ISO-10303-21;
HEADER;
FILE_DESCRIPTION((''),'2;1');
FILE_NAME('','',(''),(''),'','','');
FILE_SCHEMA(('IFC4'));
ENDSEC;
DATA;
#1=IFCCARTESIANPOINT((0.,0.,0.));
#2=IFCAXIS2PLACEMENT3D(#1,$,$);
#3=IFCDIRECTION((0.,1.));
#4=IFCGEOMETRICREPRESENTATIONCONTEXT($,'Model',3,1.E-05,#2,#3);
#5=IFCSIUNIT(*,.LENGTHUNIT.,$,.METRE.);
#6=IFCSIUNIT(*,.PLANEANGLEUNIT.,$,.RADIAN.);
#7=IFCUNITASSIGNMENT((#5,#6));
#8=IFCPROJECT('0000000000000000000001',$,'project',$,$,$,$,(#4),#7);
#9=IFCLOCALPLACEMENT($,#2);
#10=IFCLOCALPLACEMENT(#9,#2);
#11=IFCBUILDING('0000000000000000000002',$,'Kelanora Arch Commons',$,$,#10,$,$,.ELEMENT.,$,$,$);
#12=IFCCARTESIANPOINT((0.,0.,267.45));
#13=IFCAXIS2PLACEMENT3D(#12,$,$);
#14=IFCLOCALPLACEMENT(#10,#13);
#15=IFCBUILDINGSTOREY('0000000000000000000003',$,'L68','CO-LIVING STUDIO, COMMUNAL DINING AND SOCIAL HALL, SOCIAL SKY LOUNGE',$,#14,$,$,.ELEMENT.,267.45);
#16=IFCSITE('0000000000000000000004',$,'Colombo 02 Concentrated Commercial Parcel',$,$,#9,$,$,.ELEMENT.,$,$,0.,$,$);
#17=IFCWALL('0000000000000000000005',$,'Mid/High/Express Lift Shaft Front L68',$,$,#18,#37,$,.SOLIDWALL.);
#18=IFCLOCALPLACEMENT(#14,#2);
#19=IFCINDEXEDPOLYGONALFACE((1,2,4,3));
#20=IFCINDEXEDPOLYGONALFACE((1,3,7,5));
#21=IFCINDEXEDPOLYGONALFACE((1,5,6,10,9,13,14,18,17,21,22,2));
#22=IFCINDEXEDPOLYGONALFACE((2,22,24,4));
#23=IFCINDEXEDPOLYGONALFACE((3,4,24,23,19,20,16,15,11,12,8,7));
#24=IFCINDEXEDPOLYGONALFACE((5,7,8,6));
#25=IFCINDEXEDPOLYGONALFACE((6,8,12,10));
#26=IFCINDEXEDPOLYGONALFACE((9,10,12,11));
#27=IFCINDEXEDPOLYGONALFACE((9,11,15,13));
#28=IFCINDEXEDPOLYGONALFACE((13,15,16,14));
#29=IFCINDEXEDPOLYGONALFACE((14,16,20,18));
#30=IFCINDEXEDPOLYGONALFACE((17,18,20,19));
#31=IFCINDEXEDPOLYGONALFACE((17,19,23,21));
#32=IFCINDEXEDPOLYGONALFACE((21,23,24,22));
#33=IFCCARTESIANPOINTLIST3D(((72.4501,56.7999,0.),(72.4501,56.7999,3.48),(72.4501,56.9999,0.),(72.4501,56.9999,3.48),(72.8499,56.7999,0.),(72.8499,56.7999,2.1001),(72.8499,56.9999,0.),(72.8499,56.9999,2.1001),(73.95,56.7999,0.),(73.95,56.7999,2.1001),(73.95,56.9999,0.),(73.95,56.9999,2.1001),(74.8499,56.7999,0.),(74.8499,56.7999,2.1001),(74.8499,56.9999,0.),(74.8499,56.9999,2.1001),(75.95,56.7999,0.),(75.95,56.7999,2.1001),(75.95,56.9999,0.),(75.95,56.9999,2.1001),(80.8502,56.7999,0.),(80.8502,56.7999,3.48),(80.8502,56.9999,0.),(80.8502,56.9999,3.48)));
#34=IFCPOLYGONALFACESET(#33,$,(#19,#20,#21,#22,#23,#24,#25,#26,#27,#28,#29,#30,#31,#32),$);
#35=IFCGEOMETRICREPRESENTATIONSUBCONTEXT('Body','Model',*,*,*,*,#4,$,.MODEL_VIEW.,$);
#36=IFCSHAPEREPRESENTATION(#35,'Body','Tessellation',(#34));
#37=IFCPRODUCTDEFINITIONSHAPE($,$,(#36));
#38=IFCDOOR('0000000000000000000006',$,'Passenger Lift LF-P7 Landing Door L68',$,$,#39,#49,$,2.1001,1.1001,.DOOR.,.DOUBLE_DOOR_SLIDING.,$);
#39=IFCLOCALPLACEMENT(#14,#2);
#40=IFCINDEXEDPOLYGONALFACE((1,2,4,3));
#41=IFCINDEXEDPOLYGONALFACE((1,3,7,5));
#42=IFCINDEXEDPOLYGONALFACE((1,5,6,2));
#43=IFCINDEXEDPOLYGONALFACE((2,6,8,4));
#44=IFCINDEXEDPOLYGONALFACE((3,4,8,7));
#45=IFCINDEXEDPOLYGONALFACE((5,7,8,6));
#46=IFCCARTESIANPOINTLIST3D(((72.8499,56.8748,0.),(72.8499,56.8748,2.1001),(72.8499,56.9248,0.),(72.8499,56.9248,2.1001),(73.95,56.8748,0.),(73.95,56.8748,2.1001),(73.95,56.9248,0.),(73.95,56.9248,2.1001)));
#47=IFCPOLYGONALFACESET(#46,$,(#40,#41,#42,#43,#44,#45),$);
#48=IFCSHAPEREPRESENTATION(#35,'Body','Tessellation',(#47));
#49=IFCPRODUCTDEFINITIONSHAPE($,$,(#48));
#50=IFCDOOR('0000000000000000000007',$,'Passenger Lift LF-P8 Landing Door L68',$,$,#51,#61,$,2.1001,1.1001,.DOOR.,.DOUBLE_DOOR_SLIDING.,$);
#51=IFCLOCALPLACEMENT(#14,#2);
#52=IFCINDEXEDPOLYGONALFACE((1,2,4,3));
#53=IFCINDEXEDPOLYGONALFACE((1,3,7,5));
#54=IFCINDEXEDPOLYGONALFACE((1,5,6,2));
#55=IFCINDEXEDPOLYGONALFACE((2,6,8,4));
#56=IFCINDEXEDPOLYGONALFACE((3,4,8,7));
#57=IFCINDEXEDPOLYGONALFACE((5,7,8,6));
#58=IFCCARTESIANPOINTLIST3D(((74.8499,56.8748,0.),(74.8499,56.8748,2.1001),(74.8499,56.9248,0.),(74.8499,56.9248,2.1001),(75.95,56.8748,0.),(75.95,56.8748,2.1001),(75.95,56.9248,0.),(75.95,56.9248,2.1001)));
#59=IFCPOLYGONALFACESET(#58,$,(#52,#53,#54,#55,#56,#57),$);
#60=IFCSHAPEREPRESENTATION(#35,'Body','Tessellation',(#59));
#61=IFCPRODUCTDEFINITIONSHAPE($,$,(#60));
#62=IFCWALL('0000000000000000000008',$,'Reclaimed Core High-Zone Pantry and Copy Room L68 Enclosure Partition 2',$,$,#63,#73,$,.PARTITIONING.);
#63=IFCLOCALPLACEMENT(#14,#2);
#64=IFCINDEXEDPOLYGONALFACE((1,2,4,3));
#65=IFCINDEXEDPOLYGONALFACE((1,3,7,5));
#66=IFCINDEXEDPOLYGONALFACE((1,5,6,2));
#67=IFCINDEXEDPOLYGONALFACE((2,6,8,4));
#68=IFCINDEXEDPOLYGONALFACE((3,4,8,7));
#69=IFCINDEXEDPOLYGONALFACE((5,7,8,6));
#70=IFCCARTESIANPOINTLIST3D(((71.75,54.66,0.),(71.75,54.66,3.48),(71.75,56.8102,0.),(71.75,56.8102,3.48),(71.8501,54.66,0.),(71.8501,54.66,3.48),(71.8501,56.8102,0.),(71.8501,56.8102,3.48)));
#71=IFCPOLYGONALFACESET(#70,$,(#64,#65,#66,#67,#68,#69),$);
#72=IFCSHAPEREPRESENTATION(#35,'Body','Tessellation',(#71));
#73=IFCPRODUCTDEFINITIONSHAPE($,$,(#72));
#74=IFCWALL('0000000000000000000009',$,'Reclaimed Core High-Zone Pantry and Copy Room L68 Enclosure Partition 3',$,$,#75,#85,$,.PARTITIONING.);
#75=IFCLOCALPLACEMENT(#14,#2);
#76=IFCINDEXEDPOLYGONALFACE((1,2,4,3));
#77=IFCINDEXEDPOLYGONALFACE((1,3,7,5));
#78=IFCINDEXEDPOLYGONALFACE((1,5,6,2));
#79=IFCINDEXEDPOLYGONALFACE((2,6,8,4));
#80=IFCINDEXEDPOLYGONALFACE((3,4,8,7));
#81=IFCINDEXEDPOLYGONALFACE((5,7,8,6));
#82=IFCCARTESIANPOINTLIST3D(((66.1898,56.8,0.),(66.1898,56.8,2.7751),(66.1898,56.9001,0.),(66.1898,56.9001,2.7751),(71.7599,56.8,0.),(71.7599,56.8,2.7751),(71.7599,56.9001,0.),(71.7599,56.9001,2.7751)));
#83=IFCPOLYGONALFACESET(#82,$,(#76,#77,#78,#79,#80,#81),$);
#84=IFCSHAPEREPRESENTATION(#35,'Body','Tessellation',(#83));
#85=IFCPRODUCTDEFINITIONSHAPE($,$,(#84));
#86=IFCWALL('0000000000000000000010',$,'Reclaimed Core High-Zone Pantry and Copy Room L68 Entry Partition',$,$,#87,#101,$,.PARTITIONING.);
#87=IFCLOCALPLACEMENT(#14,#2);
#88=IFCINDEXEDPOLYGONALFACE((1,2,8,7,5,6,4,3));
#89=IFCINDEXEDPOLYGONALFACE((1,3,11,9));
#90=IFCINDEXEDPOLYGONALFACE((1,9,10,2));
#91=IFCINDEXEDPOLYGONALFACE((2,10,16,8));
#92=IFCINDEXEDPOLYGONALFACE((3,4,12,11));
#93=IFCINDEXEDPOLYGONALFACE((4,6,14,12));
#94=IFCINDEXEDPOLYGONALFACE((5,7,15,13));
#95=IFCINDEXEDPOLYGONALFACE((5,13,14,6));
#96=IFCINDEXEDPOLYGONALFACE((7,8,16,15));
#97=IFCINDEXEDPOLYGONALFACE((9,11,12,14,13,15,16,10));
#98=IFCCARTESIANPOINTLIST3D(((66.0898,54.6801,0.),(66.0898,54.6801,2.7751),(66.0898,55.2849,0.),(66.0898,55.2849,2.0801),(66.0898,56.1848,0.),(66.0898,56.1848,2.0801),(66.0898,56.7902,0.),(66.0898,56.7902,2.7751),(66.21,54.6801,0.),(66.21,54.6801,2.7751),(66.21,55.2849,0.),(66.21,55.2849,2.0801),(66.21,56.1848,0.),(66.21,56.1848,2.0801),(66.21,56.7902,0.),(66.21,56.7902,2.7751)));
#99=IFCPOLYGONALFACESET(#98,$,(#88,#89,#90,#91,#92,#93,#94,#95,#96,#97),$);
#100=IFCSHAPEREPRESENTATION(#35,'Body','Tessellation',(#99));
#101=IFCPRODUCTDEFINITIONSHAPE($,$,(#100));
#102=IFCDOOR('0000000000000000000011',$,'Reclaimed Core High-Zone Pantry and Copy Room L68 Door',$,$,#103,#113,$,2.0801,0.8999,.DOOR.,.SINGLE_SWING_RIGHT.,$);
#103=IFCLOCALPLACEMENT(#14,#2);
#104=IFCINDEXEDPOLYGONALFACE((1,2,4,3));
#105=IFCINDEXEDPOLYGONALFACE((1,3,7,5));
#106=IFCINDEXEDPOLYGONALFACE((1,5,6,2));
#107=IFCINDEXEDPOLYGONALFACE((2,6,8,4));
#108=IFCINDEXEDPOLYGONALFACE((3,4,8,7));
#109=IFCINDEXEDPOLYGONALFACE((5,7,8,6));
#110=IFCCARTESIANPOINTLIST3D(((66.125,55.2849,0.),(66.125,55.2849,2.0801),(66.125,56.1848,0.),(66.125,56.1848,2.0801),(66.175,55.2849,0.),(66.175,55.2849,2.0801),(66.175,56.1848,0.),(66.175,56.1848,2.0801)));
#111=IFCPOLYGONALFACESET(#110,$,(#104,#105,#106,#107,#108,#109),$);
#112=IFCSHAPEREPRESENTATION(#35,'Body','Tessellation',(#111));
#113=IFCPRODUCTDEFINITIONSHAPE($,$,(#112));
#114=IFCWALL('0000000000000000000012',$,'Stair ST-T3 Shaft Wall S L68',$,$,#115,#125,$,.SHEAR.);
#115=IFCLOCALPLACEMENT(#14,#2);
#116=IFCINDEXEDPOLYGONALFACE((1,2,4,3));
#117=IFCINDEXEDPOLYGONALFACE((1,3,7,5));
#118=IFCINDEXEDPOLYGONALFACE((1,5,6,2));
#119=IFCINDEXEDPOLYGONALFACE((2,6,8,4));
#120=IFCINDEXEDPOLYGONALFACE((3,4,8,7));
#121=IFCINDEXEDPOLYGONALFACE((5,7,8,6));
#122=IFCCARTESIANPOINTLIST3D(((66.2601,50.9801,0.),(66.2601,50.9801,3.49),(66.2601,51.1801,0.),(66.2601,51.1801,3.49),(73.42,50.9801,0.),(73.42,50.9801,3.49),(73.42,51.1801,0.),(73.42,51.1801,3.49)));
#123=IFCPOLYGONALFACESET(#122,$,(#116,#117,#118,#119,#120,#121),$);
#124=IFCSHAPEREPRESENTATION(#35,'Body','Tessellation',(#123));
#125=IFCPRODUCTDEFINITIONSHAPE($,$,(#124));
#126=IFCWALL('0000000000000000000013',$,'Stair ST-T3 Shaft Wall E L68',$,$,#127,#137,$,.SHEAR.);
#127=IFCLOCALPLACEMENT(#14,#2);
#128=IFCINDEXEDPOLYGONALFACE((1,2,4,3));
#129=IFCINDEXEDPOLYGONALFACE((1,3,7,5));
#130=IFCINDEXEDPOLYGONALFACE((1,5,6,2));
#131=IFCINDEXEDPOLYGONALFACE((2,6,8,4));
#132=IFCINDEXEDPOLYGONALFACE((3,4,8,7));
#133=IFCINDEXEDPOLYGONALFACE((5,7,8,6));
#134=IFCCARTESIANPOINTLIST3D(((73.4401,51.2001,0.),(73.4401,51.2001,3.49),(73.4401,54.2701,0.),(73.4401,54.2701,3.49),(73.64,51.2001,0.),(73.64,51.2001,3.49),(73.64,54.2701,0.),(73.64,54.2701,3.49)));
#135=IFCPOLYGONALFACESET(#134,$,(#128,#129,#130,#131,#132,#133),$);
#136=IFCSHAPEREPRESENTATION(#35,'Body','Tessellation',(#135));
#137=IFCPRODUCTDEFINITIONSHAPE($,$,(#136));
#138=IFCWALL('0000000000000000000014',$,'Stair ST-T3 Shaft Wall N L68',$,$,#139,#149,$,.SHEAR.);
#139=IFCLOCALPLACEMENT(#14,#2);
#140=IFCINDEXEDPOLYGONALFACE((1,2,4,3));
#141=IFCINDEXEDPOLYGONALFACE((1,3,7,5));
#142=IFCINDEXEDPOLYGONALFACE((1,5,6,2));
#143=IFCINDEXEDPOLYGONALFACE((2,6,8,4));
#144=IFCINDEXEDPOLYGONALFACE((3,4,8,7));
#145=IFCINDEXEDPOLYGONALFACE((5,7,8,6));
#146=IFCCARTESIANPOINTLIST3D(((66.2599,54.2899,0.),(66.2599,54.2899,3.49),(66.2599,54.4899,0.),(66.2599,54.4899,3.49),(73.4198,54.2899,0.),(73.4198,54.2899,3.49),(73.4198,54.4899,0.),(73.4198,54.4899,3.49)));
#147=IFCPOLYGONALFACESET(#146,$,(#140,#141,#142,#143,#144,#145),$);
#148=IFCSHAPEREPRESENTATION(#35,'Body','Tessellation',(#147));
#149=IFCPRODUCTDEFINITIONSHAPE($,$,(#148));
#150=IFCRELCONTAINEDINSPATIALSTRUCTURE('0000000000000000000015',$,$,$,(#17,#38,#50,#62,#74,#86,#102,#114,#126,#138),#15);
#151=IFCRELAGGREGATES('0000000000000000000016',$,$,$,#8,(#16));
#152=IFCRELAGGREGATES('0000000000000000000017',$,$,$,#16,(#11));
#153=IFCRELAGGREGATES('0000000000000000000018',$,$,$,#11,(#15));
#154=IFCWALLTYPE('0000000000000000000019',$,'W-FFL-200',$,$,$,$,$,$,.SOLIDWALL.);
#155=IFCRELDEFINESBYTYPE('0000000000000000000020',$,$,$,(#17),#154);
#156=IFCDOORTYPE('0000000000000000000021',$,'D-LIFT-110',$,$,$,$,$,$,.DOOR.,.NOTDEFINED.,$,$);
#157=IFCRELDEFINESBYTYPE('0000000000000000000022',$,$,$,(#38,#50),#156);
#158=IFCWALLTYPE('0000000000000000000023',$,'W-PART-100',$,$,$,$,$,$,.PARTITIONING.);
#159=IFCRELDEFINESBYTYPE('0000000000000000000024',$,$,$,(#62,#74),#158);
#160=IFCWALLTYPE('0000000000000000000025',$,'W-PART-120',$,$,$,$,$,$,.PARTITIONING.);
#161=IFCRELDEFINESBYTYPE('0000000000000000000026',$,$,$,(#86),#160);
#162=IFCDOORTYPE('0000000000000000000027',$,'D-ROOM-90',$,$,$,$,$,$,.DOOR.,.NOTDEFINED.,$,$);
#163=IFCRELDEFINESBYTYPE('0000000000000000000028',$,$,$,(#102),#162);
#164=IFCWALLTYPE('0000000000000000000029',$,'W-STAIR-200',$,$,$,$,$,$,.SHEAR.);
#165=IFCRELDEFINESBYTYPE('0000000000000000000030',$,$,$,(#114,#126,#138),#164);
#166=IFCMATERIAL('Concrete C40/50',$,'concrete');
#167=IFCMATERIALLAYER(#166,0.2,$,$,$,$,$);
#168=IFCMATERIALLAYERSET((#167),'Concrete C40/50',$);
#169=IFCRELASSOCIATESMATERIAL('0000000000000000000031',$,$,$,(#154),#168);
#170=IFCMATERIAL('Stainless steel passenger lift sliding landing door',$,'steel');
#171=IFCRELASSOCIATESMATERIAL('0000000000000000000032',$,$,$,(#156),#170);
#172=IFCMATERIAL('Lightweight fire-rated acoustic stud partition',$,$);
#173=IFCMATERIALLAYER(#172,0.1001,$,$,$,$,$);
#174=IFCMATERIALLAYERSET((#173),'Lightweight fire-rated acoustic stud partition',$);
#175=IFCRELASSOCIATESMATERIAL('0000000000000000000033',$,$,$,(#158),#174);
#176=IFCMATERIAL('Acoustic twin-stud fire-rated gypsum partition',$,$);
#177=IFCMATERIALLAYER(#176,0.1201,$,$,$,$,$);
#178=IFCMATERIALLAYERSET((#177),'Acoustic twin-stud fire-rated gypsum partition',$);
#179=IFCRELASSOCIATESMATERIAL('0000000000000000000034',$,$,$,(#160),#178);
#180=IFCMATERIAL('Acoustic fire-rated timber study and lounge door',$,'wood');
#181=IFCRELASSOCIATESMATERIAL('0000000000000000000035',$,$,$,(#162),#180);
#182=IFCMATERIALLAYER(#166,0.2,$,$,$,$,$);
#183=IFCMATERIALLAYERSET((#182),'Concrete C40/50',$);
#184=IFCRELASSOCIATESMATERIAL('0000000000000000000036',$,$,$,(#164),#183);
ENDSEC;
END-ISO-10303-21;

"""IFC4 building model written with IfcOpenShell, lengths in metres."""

from ifc_helpers import new_model, si_unit, direction, frame, frame_2d, origin, place, context, subcontext, project, spatial, rectangle, extrude, material, layer, layer_set, type_object, element, fill, save


model = new_model("IFC4")

# Units and contexts
model_context = context("Model", 3, precision=1e-05, world=origin(), true_north=direction((0.0, 1.0)))
body_context = subcontext(model_context, "Body", "Model", "MODEL_VIEW")
ifc_project = project(units=[si_unit("LENGTHUNIT", "METRE"), si_unit("PLANEANGLEUNIT", "RADIAN")], contexts=[model_context])

# Site, building, storey
site_placement = place(None, origin())
site = spatial("IfcSite", under=ifc_project, at=site_placement, Name="Colombo 02 Concentrated Commercial Parcel", CompositionType="ELEMENT", RefElevation=0.0)
building_placement = place(site_placement, origin())
building = spatial("IfcBuilding", under=site, at=building_placement, Name="Kelanora Arch Commons", CompositionType="ELEMENT")
storey_placement = place(building_placement, frame((0.0, 0.0, 267.45)))
storey = spatial("IfcBuildingStorey", under=building, at=storey_placement, Name="L68", Description="CO-LIVING STUDIO, COMMUNAL DINING AND SOCIAL HALL, SOCIAL SKY LOUNGE", CompositionType="ELEMENT", Elevation=267.45)

# Wall, openings, doors
ifc_material_1 = material(Name="Concrete C40/50", Category="concrete")
ifc_layer_1 = layer(ifc_material_1, 0.2)
ifc_layer_set_1 = layer_set([ifc_layer_1], Name="Concrete C40/50")
wall_type_1 = type_object("IfcWallType", Name="W-FFL-200", PredefinedType="SOLIDWALL", material=ifc_layer_set_1)
wall_1_placement = place(storey_placement, frame((72.45, 56.8999, 0.0), z_axis=(0.0, 0.0, 1.0), x_axis=(1.0, 0.0, 0.0)))
wall_1 = element("IfcWall", 1, at=wall_1_placement, inside=storey, type_object=wall_type_1, Name="Mid/High/Express Lift Shaft Front L68", PredefinedType="SOLIDWALL", context=body_context, shape_type="SweptSolid", body=[
    extrude(rectangle(XDim=8.4001, YDim=0.2, at=frame_2d((4.2002, 0.0))), origin(), (0.0, 0.0, 1.0), 3.48),
])
opening_1_placement = place(wall_1_placement, frame((0.3999, 0.0, 0.0)))
opening_1 = element("IfcOpeningElement", 2, at=opening_1_placement, cuts=wall_1, PredefinedType="OPENING", context=body_context, shape_type="SweptSolid", body=[
    extrude(rectangle(XDim=1.1001, YDim=2.1001, at=frame_2d((0.55, 1.05))), frame((0.0, 0.1099, 0.0), z_axis=(0.0, -1.0, 0.0), x_axis=(1.0, 0.0, 0.0)), (0.0, 0.0, 1.0), 0.22),
])
opening_2_placement = place(wall_1_placement, frame((2.3999, 0.0, 0.0)))
opening_2 = element("IfcOpeningElement", 3, at=opening_2_placement, cuts=wall_1, PredefinedType="OPENING", context=body_context, shape_type="SweptSolid", body=[
    extrude(rectangle(XDim=1.1001, YDim=2.1001, at=frame_2d((0.55, 1.05))), frame((0.0, 0.1099, 0.0), z_axis=(0.0, -1.0, 0.0), x_axis=(1.0, 0.0, 0.0)), (0.0, 0.0, 1.0), 0.22),
])
ifc_material_2 = material(Name="Stainless steel passenger lift sliding landing door", Category="steel")
door_type_1 = type_object("IfcDoorType", Name="D-LIFT-110", OperationType="NOTDEFINED", PredefinedType="DOOR", material=ifc_material_2)
door_1_placement = place(opening_1_placement, origin())
door_1 = element("IfcDoor", 4, at=door_1_placement, inside=storey, type_object=door_type_1, Name="Passenger Lift LF-P7 Landing Door L68", OperationType="DOUBLE_DOOR_SLIDING", OverallHeight=2.1001, OverallWidth=1.1001, PredefinedType="DOOR", context=body_context, shape_type="SweptSolid", body=[
    extrude(rectangle(XDim=1.1001, YDim=2.1001, at=frame_2d((0.55, 1.05))), frame((0.0, 0.0249, 0.0), z_axis=(0.0, -1.0, 0.0), x_axis=(1.0, 0.0, 0.0)), (0.0, 0.0, 1.0), 0.05),
])
fill(opening_1, door_1)
door_2_placement = place(opening_2_placement, origin())
door_2 = element("IfcDoor", 5, at=door_2_placement, inside=storey, type_object=door_type_1, Name="Passenger Lift LF-P8 Landing Door L68", OperationType="DOUBLE_DOOR_SLIDING", OverallHeight=2.1001, OverallWidth=1.1001, PredefinedType="DOOR", context=body_context, shape_type="SweptSolid", body=[
    extrude(rectangle(XDim=1.1001, YDim=2.1001, at=frame_2d((0.55, 1.05))), frame((0.0, 0.0249, 0.0), z_axis=(0.0, -1.0, 0.0), x_axis=(1.0, 0.0, 0.0)), (0.0, 0.0, 1.0), 0.05),
])
fill(opening_2, door_2)

# Walls
ifc_material_3 = material(Name="Lightweight fire-rated acoustic stud partition")
ifc_layer_2 = layer(ifc_material_3, 0.1001)
ifc_layer_set_2 = layer_set([ifc_layer_2], Name="Lightweight fire-rated acoustic stud partition")
wall_type_2 = type_object("IfcWallType", Name="W-PART-100", PredefinedType="PARTITIONING", material=ifc_layer_set_2)
wall_2_placement = place(storey_placement, frame((71.8, 54.6599, 0.0), z_axis=(0.0, 0.0, 1.0), x_axis=(0.0, 1.0, 0.0)))
element("IfcWall", 6, at=wall_2_placement, inside=storey, type_object=wall_type_2, Name="Reclaimed Core High-Zone Pantry and Copy Room L68 Enclosure Partition 2", PredefinedType="PARTITIONING", context=body_context, shape_type="SweptSolid", body=[
    extrude(rectangle(XDim=2.1501, YDim=0.1001, at=frame_2d((1.0752, 0.0))), origin(), (0.0, 0.0, 1.0), 3.48),
])
wall_3_placement = place(storey_placement, frame((71.76, 56.8501, 0.0), z_axis=(0.0, 0.0, 1.0), x_axis=(-1.0, 0.0, 0.0)))
element("IfcWall", 7, at=wall_3_placement, inside=storey, type_object=wall_type_2, Name="Reclaimed Core High-Zone Pantry and Copy Room L68 Enclosure Partition 3", PredefinedType="PARTITIONING", context=body_context, shape_type="SweptSolid", body=[
    extrude(rectangle(XDim=5.5701, YDim=0.1001, at=frame_2d((2.7852, 0.0))), origin(), (0.0, 0.0, 1.0), 2.7751),
])

# Wall, opening, door
ifc_material_4 = material(Name="Acoustic twin-stud fire-rated gypsum partition")
ifc_layer_3 = layer(ifc_material_4, 0.1201)
ifc_layer_set_3 = layer_set([ifc_layer_3], Name="Acoustic twin-stud fire-rated gypsum partition")
wall_type_3 = type_object("IfcWallType", Name="W-PART-120", PredefinedType="PARTITIONING", material=ifc_layer_set_3)
wall_4_placement = place(storey_placement, frame((66.1499, 54.6799, 0.0), z_axis=(0.0, 0.0, 1.0), x_axis=(0.0, 1.0, 0.0)))
wall_4 = element("IfcWall", 8, at=wall_4_placement, inside=storey, type_object=wall_type_3, Name="Reclaimed Core High-Zone Pantry and Copy Room L68 Entry Partition", PredefinedType="PARTITIONING", context=body_context, shape_type="SweptSolid", body=[
    extrude(rectangle(XDim=2.1101, YDim=0.1201, at=frame_2d((1.0552, 0.0))), origin(), (0.0, 0.0, 1.0), 2.7751),
])
opening_3_placement = place(wall_4_placement, frame((0.605, 0.0, 0.0)))
opening_3 = element("IfcOpeningElement", 9, at=opening_3_placement, cuts=wall_4, PredefinedType="OPENING", context=body_context, shape_type="SweptSolid", body=[
    extrude(rectangle(XDim=0.8999, YDim=2.0801, at=frame_2d((0.45, 1.04))), frame((0.0, 0.0701, 0.0), z_axis=(0.0, -1.0, 0.0), x_axis=(1.0, 0.0, 0.0)), (0.0, 0.0, 1.0), 0.1401),
])
ifc_material_5 = material(Name="Acoustic fire-rated timber study and lounge door", Category="wood")
door_type_2 = type_object("IfcDoorType", Name="D-ROOM-90", OperationType="NOTDEFINED", PredefinedType="DOOR", material=ifc_material_5)
door_3_placement = place(opening_3_placement, origin())
door_3 = element("IfcDoor", 10, at=door_3_placement, inside=storey, type_object=door_type_2, Name="Reclaimed Core High-Zone Pantry and Copy Room L68 Door", OperationType="SINGLE_SWING_RIGHT", OverallHeight=2.0801, OverallWidth=0.8999, PredefinedType="DOOR", context=body_context, shape_type="SweptSolid", body=[
    extrude(rectangle(XDim=0.8999, YDim=2.0801, at=frame_2d((0.45, 1.04))), frame((0.0, 0.0249, 0.0), z_axis=(0.0, -1.0, 0.0), x_axis=(1.0, 0.0, 0.0)), (0.0, 0.0, 1.0), 0.05),
])
fill(opening_3, door_3)

# Walls
ifc_layer_4 = layer(ifc_material_1, 0.2)
ifc_layer_set_4 = layer_set([ifc_layer_4], Name="Concrete C40/50")
wall_type_4 = type_object("IfcWallType", Name="W-STAIR-200", PredefinedType="SHEAR", material=ifc_layer_set_4)
wall_5_placement = place(storey_placement, frame((66.26, 51.0801, 0.0), z_axis=(0.0, 0.0, 1.0), x_axis=(1.0, 0.0, 0.0)))
element("IfcWall", 11, at=wall_5_placement, inside=storey, type_object=wall_type_4, Name="Stair ST-T3 Shaft Wall S L68", PredefinedType="SHEAR", context=body_context, shape_type="SweptSolid", body=[
    extrude(rectangle(XDim=7.1599, YDim=0.2, at=frame_2d((3.5801, 0.0))), origin(), (0.0, 0.0, 1.0), 3.49),
])
wall_6_placement = place(storey_placement, frame((73.54, 51.2, 0.0), z_axis=(0.0, 0.0, 1.0), x_axis=(0.0, 1.0, 0.0)))
element("IfcWall", 12, at=wall_6_placement, inside=storey, type_object=wall_type_4, Name="Stair ST-T3 Shaft Wall E L68", PredefinedType="SHEAR", context=body_context, shape_type="SweptSolid", body=[
    extrude(rectangle(XDim=3.0701, YDim=0.2, at=frame_2d((1.5352, 0.0))), origin(), (0.0, 0.0, 1.0), 3.49),
])
wall_7_placement = place(storey_placement, frame((73.4199, 54.3899, 0.0), z_axis=(0.0, 0.0, 1.0), x_axis=(-1.0, 0.0, 0.0)))
element("IfcWall", 13, at=wall_7_placement, inside=storey, type_object=wall_type_4, Name="Stair ST-T3 Shaft Wall N L68", PredefinedType="SHEAR", context=body_context, shape_type="SweptSolid", body=[
    extrude(rectangle(XDim=7.1599, YDim=0.2, at=frame_2d((3.5801, 0.0))), origin(), (0.0, 0.0, 1.0), 3.49),
])

save(model, "model.ifc")
